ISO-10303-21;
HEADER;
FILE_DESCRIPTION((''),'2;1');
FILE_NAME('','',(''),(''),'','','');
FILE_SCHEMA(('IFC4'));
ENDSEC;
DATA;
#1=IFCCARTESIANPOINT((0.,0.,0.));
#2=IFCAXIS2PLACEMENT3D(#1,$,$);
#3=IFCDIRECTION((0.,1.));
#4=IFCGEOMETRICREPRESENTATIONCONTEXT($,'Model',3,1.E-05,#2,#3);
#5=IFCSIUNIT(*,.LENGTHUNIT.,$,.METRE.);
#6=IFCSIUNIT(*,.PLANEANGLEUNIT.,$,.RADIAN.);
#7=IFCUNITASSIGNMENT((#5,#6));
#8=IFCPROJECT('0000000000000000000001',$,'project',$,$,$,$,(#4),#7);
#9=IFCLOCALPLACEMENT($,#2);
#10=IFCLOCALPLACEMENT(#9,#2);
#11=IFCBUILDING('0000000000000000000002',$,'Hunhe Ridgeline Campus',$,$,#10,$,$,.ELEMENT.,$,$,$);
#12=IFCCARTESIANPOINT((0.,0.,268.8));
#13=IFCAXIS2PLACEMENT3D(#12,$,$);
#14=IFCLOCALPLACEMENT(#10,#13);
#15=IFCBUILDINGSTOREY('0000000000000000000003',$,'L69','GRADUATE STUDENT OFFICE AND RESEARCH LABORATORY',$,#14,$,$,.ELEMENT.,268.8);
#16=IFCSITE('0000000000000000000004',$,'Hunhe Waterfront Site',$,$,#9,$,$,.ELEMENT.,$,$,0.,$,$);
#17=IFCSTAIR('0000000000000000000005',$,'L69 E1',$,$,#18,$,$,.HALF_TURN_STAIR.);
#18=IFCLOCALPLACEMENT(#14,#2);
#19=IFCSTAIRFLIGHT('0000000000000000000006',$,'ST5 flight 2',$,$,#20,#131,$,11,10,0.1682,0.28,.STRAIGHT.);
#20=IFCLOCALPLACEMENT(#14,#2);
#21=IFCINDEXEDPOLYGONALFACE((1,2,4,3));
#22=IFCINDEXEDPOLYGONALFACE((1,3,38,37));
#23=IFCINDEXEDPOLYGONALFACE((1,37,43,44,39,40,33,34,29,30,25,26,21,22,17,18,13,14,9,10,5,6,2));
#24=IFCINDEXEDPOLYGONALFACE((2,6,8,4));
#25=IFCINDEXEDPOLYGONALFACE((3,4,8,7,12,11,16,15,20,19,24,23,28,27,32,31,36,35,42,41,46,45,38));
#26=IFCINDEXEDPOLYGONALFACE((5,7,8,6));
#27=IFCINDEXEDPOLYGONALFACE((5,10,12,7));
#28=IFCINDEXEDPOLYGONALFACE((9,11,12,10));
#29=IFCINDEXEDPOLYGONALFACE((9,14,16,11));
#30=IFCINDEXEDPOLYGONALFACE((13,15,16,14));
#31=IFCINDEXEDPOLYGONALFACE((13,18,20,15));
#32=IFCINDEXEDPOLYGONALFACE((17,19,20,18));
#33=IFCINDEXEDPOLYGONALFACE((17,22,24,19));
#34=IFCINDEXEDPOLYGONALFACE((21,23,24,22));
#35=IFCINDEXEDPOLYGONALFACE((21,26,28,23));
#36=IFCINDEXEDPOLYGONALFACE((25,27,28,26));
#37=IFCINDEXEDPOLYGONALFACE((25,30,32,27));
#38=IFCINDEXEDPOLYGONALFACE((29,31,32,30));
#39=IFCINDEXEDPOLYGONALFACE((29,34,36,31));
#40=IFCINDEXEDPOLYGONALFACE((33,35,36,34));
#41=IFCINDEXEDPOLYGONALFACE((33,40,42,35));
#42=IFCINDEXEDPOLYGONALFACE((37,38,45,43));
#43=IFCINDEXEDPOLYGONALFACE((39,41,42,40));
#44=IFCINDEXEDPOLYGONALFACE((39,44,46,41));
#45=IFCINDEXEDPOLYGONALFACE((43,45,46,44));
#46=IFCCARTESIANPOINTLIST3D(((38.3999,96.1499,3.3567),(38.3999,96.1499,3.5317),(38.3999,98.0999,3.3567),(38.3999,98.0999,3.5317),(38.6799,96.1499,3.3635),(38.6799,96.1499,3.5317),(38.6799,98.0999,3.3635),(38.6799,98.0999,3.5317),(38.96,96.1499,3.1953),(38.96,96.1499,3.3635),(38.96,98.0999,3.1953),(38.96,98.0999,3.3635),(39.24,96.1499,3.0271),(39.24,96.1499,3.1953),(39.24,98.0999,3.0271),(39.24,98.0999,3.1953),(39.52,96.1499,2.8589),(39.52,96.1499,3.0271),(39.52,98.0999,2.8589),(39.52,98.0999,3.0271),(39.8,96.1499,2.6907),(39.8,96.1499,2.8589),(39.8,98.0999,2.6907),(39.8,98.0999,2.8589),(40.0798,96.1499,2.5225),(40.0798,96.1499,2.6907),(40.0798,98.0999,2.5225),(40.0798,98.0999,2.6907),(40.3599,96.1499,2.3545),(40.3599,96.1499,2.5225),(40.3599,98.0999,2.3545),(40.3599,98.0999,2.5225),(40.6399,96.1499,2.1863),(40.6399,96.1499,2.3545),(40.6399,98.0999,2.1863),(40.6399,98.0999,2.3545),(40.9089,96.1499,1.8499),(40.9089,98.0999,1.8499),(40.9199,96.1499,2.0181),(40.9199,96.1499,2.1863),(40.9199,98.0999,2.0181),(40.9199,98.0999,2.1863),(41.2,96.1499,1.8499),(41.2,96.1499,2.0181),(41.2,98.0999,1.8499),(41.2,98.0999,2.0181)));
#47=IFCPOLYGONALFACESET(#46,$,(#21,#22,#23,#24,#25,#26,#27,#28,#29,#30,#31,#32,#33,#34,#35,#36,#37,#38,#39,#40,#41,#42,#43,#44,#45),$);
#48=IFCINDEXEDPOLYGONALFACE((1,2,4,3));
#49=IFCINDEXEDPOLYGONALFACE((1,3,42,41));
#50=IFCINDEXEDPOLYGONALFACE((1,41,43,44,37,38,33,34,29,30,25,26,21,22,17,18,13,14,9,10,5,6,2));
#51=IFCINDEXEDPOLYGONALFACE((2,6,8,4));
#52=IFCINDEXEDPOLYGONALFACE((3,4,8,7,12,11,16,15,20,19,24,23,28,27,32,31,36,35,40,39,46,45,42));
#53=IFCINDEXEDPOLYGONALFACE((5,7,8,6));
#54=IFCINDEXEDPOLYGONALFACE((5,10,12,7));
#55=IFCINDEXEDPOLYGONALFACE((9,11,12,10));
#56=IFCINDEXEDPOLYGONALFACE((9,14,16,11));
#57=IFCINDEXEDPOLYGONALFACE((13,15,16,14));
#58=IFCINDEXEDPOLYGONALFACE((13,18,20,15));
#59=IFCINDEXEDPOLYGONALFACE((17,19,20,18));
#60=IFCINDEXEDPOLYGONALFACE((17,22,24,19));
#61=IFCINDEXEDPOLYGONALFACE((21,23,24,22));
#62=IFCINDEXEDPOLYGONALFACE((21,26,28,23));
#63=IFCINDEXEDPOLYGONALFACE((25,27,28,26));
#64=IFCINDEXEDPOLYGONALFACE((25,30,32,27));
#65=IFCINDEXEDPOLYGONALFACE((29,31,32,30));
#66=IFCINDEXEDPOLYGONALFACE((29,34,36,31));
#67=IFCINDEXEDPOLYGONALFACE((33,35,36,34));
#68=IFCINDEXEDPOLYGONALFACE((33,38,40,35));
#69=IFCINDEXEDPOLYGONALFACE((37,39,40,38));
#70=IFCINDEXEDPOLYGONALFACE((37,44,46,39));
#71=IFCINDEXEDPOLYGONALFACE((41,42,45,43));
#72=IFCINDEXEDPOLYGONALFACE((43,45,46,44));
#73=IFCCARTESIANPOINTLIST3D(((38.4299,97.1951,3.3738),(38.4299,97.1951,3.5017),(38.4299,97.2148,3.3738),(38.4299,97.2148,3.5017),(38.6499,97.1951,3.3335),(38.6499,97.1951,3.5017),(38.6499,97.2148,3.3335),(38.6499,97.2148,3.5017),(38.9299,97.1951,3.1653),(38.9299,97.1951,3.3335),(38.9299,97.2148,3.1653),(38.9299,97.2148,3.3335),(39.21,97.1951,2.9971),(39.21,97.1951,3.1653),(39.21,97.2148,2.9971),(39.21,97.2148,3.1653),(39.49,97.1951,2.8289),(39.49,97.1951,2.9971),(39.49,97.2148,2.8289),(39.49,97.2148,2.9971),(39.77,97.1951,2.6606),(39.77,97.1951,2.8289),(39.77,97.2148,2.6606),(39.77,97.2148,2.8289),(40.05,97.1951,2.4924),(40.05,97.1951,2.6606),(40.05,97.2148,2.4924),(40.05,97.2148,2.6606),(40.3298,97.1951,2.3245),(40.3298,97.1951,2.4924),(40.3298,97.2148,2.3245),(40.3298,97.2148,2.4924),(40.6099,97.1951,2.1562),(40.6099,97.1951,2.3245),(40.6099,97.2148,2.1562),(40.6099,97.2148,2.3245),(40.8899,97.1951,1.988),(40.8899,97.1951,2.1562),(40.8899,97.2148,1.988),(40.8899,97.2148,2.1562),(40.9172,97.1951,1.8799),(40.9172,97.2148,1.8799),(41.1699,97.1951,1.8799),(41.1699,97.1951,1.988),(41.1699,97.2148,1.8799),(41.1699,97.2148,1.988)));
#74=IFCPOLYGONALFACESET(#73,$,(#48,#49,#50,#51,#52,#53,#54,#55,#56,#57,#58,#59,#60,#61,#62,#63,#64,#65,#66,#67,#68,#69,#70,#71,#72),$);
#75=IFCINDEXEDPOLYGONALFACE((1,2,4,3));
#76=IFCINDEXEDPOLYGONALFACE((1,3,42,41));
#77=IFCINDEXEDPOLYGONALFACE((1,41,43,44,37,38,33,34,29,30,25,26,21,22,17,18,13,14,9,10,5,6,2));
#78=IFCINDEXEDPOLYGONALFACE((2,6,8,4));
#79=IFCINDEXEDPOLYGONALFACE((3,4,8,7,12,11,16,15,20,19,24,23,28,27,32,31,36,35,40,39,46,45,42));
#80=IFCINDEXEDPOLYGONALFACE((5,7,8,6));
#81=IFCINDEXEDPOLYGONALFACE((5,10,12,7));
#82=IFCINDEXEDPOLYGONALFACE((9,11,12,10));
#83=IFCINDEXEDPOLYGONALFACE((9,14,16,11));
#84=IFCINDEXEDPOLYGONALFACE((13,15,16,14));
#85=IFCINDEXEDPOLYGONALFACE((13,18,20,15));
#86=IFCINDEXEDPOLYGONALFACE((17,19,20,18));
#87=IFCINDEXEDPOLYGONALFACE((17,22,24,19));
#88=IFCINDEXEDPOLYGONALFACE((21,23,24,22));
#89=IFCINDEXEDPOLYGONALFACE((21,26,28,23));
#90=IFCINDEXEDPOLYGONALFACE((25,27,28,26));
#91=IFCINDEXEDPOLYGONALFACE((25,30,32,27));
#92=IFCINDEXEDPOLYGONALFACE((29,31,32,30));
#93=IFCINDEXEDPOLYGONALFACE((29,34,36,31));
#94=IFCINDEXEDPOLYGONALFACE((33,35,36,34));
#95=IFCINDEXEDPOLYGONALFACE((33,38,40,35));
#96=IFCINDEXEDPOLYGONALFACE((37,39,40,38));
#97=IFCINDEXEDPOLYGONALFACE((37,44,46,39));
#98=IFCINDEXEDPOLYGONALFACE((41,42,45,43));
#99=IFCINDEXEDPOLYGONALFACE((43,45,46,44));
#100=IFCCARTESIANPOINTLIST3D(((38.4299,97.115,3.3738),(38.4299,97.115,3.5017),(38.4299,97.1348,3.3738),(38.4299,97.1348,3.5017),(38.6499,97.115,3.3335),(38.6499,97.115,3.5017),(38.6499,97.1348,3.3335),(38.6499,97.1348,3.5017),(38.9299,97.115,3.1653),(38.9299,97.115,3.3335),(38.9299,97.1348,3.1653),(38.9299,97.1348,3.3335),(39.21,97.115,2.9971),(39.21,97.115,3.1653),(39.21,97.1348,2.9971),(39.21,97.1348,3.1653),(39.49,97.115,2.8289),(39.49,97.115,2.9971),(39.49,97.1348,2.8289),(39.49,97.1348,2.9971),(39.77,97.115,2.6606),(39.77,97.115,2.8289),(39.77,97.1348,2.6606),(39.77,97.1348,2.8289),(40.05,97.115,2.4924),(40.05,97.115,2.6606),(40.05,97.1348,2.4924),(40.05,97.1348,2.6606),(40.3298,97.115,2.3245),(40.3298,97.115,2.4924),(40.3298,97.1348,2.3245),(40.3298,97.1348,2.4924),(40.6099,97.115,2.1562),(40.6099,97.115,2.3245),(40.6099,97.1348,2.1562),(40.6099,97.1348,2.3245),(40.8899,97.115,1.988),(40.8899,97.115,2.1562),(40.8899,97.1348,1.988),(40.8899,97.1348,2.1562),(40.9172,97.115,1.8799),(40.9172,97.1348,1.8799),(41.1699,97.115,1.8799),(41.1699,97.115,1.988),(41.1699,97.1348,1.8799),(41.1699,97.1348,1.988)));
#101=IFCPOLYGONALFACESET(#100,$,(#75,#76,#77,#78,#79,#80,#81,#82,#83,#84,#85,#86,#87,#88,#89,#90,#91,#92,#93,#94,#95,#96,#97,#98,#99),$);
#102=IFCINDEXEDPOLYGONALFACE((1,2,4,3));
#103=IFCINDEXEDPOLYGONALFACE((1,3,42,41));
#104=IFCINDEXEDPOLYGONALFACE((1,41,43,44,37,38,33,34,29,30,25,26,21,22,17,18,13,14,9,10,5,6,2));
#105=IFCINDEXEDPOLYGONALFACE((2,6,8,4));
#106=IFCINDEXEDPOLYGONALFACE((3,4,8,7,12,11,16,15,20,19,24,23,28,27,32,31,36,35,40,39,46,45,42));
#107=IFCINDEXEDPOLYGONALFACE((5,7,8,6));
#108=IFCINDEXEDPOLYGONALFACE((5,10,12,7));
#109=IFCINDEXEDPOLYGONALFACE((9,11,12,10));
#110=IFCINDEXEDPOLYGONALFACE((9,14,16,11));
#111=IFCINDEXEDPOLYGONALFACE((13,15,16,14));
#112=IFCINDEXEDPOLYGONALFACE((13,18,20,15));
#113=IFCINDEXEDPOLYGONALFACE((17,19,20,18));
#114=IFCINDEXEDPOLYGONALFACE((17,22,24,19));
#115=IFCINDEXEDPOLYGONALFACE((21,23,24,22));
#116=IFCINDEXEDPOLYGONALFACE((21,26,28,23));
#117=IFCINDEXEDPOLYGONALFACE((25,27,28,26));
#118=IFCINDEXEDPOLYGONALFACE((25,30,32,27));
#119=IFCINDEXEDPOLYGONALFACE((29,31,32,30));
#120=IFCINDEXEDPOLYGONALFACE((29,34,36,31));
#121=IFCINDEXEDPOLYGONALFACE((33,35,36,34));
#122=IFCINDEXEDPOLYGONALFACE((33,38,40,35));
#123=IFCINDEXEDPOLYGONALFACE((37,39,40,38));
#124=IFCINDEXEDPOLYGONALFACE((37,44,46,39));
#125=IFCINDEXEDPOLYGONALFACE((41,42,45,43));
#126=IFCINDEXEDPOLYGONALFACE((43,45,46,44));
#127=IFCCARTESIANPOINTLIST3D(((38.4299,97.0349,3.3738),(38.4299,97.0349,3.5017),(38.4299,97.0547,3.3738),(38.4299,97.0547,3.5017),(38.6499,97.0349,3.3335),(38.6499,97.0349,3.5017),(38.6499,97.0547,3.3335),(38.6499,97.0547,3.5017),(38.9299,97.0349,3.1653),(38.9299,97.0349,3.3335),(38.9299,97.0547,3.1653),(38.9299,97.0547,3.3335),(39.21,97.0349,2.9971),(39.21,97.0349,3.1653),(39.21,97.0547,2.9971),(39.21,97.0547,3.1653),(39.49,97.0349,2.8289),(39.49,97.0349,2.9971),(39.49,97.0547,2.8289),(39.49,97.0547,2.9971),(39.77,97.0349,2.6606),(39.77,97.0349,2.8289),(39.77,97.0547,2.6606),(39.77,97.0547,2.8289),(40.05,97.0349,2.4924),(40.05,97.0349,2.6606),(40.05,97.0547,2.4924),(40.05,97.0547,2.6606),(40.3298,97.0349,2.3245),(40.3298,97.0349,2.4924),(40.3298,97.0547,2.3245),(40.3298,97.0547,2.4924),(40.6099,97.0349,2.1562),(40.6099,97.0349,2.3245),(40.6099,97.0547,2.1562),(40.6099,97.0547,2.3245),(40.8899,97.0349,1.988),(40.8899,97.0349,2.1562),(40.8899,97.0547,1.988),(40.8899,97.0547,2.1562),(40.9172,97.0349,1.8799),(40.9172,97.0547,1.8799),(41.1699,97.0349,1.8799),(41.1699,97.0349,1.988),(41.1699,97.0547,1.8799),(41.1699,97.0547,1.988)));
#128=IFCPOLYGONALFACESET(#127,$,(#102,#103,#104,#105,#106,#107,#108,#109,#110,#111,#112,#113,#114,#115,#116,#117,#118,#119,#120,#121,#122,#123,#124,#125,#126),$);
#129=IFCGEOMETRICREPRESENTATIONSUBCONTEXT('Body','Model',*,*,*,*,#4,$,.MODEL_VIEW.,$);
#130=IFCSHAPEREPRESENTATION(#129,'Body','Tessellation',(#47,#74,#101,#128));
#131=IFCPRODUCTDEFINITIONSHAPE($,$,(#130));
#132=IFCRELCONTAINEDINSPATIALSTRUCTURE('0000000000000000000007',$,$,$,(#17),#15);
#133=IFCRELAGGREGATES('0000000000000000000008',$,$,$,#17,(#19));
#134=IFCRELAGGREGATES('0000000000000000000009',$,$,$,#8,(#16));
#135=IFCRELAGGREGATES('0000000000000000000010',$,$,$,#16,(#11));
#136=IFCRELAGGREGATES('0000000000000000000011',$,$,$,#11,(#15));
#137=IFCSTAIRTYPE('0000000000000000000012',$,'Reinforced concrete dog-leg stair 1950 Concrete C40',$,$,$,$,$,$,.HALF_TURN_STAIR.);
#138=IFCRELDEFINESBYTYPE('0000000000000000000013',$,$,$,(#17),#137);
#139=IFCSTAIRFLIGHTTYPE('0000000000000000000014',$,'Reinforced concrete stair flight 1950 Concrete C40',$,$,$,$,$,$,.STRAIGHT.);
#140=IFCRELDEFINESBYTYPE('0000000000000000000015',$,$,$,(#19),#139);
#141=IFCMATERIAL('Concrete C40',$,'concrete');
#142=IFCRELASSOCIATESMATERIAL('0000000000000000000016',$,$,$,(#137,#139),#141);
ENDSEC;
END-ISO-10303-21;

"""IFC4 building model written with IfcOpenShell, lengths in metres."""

from ifc_helpers import new_model, si_unit, direction, frame, origin, place, context, subcontext, project, spatial, polyline, outline, extrude, material, type_object, element, aggregate, save


model = new_model("IFC4")

# Units and contexts
model_context = context("Model", 3, precision=1e-05, world=origin(), true_north=direction((0.0, 1.0)))
body_context = subcontext(model_context, "Body", "Model", "MODEL_VIEW")
ifc_project = project(units=[si_unit("LENGTHUNIT", "METRE"), si_unit("PLANEANGLEUNIT", "RADIAN")], contexts=[model_context])

# Site, building, storey
site_placement = place(None, origin())
site = spatial("IfcSite", under=ifc_project, at=site_placement, Name="Hunhe Waterfront Site", CompositionType="ELEMENT", RefElevation=0.0)
building_placement = place(site_placement, origin())
building = spatial("IfcBuilding", under=site, at=building_placement, Name="Hunhe Ridgeline Campus", CompositionType="ELEMENT")
storey_placement = place(building_placement, frame((0.0, 0.0, 268.8)))
storey = spatial("IfcBuildingStorey", under=building, at=storey_placement, Name="L69", Description="GRADUATE STUDENT OFFICE AND RESEARCH LABORATORY", CompositionType="ELEMENT", Elevation=268.8)

# Stair, stair flight
ifc_material_1 = material(Name="Concrete C40", Category="concrete")
stair_type = type_object("IfcStairType", Name="Reinforced concrete dog-leg stair 1950 Concrete C40", PredefinedType="HALF_TURN_STAIR", material=ifc_material_1)
stair_placement = place(storey_placement, origin())
stair = element("IfcStair", 1, at=stair_placement, inside=storey, type_object=stair_type, Name="L69 E1", PredefinedType="HALF_TURN_STAIR")
stair_flight_type = type_object("IfcStairFlightType", Name="Reinforced concrete stair flight 1950 Concrete C40", PredefinedType="STRAIGHT", material=ifc_material_1)
stair_flight_1_placement = place(storey_placement, frame((41.2, 97.125, 1.8499), z_axis=(0.0, 0.0, 1.0), x_axis=(-1.0, 0.0, 0.0)))
stair_flight_1 = element("IfcStairFlight", 2, at=stair_flight_1_placement, type_object=stair_flight_type, Name="ST5 flight 2", NumberOfRisers=11, NumberOfTreads=10, PredefinedType="STRAIGHT", RiserHeight=0.1682, TreadLength=0.28, context=body_context, shape_type="SweptSolid", body=[
    extrude(outline(polyline([(0.0, 0.0), (0.0, 0.1682), (0.28, 0.1682), (0.28, 0.3364), (0.5601, 0.3364), (0.5601, 0.5046), (0.8401, 0.5046), (0.8401, 0.6726), (1.1201, 0.6726), (1.1201, 0.8408), (1.3999, 0.8408), (1.3999, 1.009), (1.6799, 1.009), (1.6799, 1.1772), (1.96, 1.1772), (1.96, 1.3455), (2.24, 1.3455), (2.24, 1.5137), (2.52, 1.5137), (2.52, 1.6819), (2.8, 1.6819), (2.8, 1.8501), (2.8, 1.5068), (0.291, 0.0), (0.0, 0.0)])), frame((0.0, 0.9751, 0.0), z_axis=(0.0, -1.0, 0.0), x_axis=(1.0, 0.0, 0.0)), (0.0, 0.0, 1.0), 1.95),
    extrude(outline(polyline([(0.03, 0.03), (0.03, 0.1382), (0.3101, 0.1382), (0.3101, 0.3064), (0.5901, 0.3064), (0.5901, 0.4746), (0.8701, 0.4746), (0.8701, 0.6426), (1.1499, 0.6426), (1.1499, 0.8108), (1.4299, 0.8108), (1.4299, 0.979), (1.71, 0.979), (1.71, 1.1472), (1.99, 1.1472), (1.99, 1.3154), (2.27, 1.3154), (2.27, 1.4836), (2.55, 1.4836), (2.55, 1.6519), (2.77, 1.6519), (2.77, 1.5239), (0.2827, 0.03), (0.03, 0.03)])), frame((0.0, -0.0701, 0.0), z_axis=(0.0, -1.0, 0.0), x_axis=(1.0, 0.0, 0.0)), (0.0, 0.0, 1.0), 0.0198),
    extrude(outline(polyline([(0.03, 0.03), (0.03, 0.1382), (0.3101, 0.1382), (0.3101, 0.3064), (0.5901, 0.3064), (0.5901, 0.4746), (0.8701, 0.4746), (0.8701, 0.6426), (1.1499, 0.6426), (1.1499, 0.8108), (1.4299, 0.8108), (1.4299, 0.979), (1.71, 0.979), (1.71, 1.1472), (1.99, 1.1472), (1.99, 1.3154), (2.27, 1.3154), (2.27, 1.4836), (2.55, 1.4836), (2.55, 1.6519), (2.77, 1.6519), (2.77, 1.5239), (0.2827, 0.03), (0.03, 0.03)])), frame((0.0, 0.01, 0.0), z_axis=(0.0, -1.0, 0.0), x_axis=(1.0, 0.0, 0.0)), (0.0, 0.0, 1.0), 0.0198),
    extrude(outline(polyline([(0.03, 0.03), (0.03, 0.1382), (0.3101, 0.1382), (0.3101, 0.3064), (0.5901, 0.3064), (0.5901, 0.4746), (0.8701, 0.4746), (0.8701, 0.6426), (1.1499, 0.6426), (1.1499, 0.8108), (1.4299, 0.8108), (1.4299, 0.979), (1.71, 0.979), (1.71, 1.1472), (1.99, 1.1472), (1.99, 1.3154), (2.27, 1.3154), (2.27, 1.4836), (2.55, 1.4836), (2.55, 1.6519), (2.77, 1.6519), (2.77, 1.5239), (0.2827, 0.03), (0.03, 0.03)])), frame((0.0, 0.0901, 0.0), z_axis=(0.0, -1.0, 0.0), x_axis=(1.0, 0.0, 0.0)), (0.0, 0.0, 1.0), 0.0198),
])
aggregate(stair, [stair_flight_1])

save(model, "model.ifc")
